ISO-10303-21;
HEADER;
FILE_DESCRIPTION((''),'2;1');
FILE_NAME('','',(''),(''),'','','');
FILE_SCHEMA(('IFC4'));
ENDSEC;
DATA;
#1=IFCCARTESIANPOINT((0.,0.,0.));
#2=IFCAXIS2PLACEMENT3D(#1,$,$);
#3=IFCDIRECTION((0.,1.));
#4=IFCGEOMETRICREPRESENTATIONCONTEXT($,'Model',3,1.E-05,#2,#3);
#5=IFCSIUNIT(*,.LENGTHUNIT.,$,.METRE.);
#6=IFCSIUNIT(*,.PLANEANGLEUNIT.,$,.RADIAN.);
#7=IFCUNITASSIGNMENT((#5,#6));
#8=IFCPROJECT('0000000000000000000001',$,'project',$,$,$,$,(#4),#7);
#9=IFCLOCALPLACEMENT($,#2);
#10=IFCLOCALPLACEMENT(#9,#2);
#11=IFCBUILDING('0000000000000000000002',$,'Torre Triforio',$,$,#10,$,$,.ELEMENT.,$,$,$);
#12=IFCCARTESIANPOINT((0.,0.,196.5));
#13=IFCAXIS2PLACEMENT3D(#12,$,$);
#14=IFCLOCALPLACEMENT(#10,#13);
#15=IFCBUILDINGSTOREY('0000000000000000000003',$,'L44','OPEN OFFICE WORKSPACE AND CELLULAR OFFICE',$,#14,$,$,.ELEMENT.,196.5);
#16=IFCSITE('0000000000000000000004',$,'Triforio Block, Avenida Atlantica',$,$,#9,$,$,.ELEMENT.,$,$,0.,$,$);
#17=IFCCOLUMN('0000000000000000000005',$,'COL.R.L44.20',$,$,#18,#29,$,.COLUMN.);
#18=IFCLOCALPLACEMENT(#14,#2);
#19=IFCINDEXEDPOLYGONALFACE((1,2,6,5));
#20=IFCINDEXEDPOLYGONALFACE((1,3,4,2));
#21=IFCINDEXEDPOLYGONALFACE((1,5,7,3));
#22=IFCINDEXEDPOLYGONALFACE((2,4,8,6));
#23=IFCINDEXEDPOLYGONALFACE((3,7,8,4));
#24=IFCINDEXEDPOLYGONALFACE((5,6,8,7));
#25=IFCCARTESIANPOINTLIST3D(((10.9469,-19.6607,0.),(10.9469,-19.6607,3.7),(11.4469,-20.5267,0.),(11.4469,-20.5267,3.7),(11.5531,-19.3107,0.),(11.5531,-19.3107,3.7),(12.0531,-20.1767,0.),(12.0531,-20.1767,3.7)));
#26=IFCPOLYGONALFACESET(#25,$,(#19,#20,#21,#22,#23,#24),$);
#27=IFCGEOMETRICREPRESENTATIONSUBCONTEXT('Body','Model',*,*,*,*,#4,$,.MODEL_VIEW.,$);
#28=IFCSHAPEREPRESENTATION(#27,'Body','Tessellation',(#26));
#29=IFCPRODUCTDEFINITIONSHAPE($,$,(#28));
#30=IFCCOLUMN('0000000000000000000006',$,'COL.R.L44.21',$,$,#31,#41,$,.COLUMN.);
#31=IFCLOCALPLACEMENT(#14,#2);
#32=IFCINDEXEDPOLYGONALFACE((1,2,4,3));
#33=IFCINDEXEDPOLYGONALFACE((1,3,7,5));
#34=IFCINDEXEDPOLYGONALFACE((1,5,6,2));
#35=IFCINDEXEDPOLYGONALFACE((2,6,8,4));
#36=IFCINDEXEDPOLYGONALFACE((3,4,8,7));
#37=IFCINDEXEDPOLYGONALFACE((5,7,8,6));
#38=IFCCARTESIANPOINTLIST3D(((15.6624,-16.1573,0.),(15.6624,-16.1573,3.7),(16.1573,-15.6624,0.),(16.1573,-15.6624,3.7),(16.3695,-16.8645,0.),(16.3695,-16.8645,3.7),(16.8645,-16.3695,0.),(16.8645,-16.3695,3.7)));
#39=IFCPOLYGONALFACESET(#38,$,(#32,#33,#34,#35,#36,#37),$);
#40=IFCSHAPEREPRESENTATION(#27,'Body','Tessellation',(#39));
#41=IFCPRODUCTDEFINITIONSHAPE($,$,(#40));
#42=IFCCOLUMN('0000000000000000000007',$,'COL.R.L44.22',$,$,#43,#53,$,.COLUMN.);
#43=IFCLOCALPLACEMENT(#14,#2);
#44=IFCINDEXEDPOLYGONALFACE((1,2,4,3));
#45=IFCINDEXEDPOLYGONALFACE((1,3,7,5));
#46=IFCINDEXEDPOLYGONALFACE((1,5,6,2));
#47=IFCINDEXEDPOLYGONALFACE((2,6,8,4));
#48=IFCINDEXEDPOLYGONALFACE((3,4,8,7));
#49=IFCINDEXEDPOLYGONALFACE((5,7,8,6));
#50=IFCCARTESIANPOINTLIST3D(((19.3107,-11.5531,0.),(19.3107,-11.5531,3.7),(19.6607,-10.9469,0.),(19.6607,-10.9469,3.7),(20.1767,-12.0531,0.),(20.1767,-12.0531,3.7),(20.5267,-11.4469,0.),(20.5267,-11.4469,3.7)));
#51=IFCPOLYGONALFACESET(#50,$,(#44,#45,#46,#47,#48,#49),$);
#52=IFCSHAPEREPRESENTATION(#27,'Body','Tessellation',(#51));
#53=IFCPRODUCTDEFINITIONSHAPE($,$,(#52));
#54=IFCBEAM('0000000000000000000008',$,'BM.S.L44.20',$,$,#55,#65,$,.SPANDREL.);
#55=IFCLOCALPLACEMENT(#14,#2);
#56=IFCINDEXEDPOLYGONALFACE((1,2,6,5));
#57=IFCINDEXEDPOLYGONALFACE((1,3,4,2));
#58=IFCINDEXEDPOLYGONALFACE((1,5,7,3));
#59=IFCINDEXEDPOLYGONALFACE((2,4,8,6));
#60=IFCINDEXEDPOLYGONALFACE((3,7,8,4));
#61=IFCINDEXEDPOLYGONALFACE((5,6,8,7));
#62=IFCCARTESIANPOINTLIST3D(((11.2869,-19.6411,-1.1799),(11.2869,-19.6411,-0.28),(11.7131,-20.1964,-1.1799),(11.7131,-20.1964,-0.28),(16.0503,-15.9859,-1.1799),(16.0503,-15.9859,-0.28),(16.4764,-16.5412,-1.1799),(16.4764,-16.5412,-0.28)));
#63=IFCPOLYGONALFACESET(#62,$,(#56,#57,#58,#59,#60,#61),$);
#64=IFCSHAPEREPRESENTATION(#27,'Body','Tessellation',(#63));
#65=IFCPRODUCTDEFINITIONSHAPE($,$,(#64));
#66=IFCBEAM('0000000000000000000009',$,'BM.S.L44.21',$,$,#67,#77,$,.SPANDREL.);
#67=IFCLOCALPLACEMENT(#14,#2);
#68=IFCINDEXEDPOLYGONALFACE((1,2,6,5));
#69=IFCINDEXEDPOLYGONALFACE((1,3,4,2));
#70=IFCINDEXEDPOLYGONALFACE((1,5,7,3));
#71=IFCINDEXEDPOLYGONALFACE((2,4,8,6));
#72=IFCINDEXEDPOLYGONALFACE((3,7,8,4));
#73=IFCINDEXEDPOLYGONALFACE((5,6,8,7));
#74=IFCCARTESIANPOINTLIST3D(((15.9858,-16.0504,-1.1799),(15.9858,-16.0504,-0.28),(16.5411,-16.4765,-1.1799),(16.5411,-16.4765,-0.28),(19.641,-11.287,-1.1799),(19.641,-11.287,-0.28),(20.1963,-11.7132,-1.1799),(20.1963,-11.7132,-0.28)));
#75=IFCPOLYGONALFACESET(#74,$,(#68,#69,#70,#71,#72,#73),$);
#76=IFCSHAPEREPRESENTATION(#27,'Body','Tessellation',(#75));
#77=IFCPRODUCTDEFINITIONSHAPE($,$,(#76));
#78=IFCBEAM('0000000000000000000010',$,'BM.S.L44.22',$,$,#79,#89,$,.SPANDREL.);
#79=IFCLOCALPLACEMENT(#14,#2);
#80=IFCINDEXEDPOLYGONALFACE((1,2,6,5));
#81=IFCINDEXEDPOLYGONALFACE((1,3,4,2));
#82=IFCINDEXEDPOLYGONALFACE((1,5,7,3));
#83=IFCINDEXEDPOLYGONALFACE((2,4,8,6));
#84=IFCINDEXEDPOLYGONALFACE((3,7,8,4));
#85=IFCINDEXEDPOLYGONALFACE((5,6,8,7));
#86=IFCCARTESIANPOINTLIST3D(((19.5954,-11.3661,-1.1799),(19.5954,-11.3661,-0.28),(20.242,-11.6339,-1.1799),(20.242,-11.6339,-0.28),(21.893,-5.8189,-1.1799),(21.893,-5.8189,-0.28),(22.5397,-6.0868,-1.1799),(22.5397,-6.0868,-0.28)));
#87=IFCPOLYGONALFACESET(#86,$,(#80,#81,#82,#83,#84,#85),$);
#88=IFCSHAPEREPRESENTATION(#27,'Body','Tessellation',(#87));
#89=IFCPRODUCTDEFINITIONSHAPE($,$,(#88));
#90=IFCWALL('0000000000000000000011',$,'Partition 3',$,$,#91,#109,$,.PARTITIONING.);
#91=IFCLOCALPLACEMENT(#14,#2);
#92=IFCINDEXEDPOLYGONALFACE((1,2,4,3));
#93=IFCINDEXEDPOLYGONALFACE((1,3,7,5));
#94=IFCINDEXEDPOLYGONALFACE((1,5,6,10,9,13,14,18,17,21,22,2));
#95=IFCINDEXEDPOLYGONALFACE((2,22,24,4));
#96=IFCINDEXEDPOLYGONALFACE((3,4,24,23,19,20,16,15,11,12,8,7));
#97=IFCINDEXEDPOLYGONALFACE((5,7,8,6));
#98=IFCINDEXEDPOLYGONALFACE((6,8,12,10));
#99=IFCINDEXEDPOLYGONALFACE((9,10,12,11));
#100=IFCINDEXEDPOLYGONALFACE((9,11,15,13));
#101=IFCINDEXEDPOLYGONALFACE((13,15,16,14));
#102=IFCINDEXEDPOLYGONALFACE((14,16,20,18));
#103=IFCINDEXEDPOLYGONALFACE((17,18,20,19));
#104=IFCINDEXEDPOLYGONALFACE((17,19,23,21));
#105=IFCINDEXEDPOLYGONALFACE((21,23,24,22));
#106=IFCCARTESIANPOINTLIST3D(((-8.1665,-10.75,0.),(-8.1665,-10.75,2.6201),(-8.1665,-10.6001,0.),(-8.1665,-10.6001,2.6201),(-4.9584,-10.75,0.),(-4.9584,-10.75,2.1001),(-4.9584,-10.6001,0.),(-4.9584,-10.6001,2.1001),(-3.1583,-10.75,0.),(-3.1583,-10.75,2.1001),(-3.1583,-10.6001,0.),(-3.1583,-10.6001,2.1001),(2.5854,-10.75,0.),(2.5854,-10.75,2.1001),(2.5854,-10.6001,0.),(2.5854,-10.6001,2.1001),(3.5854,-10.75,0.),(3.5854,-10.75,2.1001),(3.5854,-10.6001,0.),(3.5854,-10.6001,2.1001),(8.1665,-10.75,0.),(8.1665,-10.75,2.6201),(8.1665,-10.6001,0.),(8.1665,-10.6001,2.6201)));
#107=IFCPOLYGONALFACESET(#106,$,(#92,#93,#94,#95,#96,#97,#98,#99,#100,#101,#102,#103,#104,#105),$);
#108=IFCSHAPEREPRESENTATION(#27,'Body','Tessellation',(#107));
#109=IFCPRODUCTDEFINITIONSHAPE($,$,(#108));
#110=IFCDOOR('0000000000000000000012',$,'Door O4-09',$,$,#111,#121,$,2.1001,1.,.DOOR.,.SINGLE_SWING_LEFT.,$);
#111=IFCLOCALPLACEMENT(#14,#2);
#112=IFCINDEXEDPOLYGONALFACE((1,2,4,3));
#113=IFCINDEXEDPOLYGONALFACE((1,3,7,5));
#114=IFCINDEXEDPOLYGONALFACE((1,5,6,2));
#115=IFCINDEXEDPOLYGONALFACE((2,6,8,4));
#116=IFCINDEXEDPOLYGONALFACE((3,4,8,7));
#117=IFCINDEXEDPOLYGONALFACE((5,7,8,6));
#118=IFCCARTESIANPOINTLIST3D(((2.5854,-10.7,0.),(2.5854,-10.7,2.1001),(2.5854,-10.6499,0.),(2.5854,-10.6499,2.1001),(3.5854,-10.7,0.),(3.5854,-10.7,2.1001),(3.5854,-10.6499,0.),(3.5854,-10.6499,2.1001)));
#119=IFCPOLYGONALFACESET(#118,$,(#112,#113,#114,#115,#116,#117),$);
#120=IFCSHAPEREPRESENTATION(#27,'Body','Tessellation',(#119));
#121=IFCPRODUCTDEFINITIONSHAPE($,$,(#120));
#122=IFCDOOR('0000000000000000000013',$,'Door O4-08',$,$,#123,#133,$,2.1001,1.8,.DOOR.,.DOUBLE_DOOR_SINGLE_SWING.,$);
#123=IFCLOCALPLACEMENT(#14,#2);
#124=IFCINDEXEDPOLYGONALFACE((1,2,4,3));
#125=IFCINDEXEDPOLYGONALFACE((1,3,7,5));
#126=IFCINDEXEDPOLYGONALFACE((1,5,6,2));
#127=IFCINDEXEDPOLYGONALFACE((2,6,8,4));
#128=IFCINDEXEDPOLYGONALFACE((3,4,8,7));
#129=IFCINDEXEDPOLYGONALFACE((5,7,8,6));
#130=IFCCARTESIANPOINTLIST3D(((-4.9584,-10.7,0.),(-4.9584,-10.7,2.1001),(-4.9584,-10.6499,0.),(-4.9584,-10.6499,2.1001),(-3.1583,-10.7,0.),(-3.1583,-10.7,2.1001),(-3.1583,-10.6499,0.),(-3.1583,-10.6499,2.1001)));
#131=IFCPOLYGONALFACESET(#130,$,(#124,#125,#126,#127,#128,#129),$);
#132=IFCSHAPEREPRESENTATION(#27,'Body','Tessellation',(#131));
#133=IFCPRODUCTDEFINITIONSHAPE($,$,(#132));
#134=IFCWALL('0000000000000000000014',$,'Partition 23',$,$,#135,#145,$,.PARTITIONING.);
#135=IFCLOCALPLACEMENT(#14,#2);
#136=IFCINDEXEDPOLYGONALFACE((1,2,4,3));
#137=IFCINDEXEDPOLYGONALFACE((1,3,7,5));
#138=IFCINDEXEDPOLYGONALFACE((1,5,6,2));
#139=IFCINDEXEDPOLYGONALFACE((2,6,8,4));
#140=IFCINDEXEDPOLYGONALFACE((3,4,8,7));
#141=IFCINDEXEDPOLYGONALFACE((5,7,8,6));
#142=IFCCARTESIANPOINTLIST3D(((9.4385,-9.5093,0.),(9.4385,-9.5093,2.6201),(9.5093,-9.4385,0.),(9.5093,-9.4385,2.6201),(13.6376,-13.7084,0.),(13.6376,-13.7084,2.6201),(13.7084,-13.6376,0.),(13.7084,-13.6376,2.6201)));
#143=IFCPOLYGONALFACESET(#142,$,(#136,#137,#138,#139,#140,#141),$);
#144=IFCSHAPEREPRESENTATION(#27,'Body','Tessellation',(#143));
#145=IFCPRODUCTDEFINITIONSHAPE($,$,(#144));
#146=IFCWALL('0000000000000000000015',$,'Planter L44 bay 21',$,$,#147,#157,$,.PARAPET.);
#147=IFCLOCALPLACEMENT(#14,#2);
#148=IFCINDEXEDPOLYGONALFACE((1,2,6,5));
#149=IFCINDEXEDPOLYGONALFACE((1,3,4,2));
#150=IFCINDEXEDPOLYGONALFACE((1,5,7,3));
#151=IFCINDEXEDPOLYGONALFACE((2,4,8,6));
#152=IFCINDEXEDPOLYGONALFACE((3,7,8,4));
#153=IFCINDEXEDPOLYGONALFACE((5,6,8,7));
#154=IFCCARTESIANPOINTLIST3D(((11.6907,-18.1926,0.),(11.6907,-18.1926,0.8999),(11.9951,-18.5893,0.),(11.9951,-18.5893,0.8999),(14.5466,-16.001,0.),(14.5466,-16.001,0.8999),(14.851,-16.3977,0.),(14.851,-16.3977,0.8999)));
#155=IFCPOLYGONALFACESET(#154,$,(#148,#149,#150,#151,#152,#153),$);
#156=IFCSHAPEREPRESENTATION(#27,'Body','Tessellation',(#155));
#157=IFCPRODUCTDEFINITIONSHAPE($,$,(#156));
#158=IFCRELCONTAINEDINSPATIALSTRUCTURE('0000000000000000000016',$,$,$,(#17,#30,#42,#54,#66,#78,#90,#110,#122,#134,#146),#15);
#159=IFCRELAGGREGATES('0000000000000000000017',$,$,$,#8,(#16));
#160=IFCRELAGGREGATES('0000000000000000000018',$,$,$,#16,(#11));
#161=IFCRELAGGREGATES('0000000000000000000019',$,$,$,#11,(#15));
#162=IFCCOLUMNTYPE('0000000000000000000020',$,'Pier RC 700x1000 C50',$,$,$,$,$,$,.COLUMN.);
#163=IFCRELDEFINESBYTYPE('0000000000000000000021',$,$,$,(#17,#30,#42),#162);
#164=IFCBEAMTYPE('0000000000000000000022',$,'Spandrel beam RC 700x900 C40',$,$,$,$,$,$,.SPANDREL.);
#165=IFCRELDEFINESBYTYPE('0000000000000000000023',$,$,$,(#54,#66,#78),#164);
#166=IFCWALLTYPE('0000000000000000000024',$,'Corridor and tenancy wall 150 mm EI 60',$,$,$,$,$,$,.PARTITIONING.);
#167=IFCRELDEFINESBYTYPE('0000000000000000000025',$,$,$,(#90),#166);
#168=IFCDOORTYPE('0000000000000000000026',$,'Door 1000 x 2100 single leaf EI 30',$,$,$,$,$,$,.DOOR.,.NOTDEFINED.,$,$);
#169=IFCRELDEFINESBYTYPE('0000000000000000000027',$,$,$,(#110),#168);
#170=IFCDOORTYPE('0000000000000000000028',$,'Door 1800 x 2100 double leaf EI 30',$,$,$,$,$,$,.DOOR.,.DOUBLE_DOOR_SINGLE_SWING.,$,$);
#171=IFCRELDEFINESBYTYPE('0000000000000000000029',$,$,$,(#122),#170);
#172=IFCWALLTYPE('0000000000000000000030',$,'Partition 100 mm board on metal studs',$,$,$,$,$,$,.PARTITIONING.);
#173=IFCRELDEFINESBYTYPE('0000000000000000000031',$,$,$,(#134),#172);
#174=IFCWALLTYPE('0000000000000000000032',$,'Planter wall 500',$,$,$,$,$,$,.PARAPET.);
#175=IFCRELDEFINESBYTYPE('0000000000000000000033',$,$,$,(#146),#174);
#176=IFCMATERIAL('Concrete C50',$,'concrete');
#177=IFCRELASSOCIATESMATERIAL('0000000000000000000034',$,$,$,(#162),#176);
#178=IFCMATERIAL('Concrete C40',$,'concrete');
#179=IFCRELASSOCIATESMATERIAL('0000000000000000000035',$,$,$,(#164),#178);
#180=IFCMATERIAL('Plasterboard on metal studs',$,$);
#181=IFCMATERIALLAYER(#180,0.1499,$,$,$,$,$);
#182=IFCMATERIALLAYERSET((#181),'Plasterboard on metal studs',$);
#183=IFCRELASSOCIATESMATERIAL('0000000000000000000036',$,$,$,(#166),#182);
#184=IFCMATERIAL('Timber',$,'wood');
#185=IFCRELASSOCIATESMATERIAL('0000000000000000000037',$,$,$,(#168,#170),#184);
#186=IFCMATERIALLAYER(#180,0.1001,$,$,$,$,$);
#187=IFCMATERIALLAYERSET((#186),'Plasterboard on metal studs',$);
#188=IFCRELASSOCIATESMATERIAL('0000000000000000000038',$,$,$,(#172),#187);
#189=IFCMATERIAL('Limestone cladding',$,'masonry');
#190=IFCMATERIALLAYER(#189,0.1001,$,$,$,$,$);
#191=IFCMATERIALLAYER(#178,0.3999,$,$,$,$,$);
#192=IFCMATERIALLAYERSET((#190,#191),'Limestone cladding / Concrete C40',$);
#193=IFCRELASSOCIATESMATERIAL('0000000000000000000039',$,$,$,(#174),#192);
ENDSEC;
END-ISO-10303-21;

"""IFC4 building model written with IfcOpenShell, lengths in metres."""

from ifc_helpers import new_model, si_unit, direction, frame, frame_2d, origin, origin_2d, place, context, subcontext, project, spatial, rectangle, extrude, material, layer, layer_set, material_profile, profile_set, type_object, element, fill, save


model = new_model("IFC4")

# Units and contexts
model_context = context("Model", 3, precision=1e-05, world=origin(), true_north=direction((0.0, 1.0)))
body_context = subcontext(model_context, "Body", "Model", "MODEL_VIEW")
ifc_project = project(units=[si_unit("LENGTHUNIT", "METRE"), si_unit("PLANEANGLEUNIT", "RADIAN")], contexts=[model_context])

# Site, building, storey
site_placement = place(None, origin())
site = spatial("IfcSite", under=ifc_project, at=site_placement, Name="Triforio Block, Avenida Atlantica", CompositionType="ELEMENT", RefElevation=0.0)
building_placement = place(site_placement, origin())
building = spatial("IfcBuilding", under=site, at=building_placement, Name="Torre Triforio", CompositionType="ELEMENT")
storey_placement = place(building_placement, frame((0.0, 0.0, 196.5)))
storey = spatial("IfcBuildingStorey", under=building, at=storey_placement, Name="L44", Description="OPEN OFFICE WORKSPACE AND CELLULAR OFFICE", CompositionType="ELEMENT", Elevation=196.5)

# Columns
ifc_material_1 = material(Name="Concrete C50", Category="concrete")
ifc_material_profile_1 = material_profile(ifc_material_1, rectangle(XDim=0.7, YDim=1.0, at=origin_2d()), Name="RC 700x1000")
ifc_profile_set_1 = profile_set([ifc_material_profile_1], Name="Concrete C50")
column_type = type_object("IfcColumnType", Name="Pier RC 700x1000 C50", PredefinedType="COLUMN", material=ifc_profile_set_1)
for number, where, z_axis, x_axis, name in (
    (1, (11.5, -19.9187, 0.0), (0.0, 0.0, 1.0), (0.866025, 0.5, 0.0), "COL.R.L44.20"),
    (2, (16.2634, -16.2634, 0.0), (0.0, 0.0, 1.0), (0.707107, 0.707107, 0.0), "COL.R.L44.21"),
    (3, (19.9187, -11.5, 0.0), (0.0, 0.0, 1.0), (0.5, 0.866025, 0.0), "COL.R.L44.22"),
):
    element("IfcColumn", number, at=place(storey_placement, frame(where, z_axis=z_axis, x_axis=x_axis)), inside=storey, type_object=column_type, Name=name, PredefinedType="COLUMN", context=body_context, shape_type="SweptSolid", body=[
        extrude(rectangle(XDim=0.7, YDim=1.0, at=origin_2d()), origin(), (0.0, 0.0, 1.0), 3.7),
    ])

# Beams
ifc_material_2 = material(Name="Concrete C40", Category="concrete")
ifc_material_profile_2 = material_profile(ifc_material_2, rectangle(XDim=0.7, YDim=0.8999, at=origin_2d()), Name="RC 700x900")
ifc_profile_set_2 = profile_set([ifc_material_profile_2], Name="Concrete C40")
beam_type = type_object("IfcBeamType", Name="Spandrel beam RC 700x900 C40", PredefinedType="SPANDREL", material=ifc_profile_set_2)
for number, where, z_axis, x_axis, name in (
    (4, (11.5, -19.9187, -0.73), (0.79334, 0.608779, 0.0), (-0.608779, 0.79334, 0.0), "BM.S.L44.20"),
    (5, (16.2634, -16.2634, -0.73), (0.608779, 0.79334, 0.0), (-0.79334, 0.608779, 0.0), "BM.S.L44.21"),
    (6, (19.9187, -11.5, -0.73), (0.382671, 0.923885, 0.0), (-0.923885, 0.382671, 0.0), "BM.S.L44.22"),
):
    element("IfcBeam", number, at=place(storey_placement, frame(where, z_axis=z_axis, x_axis=x_axis)), inside=storey, type_object=beam_type, Name=name, PredefinedType="SPANDREL", context=body_context, shape_type="SweptSolid", body=[
        extrude(rectangle(XDim=0.7, YDim=0.8999, at=origin_2d()), origin(), (0.0, 0.0, 1.0), 6.0042),
    ])

# Wall, openings, doors
ifc_material_3 = material(Name="Plasterboard on metal studs")
ifc_layer_1 = layer(ifc_material_3, 0.1499)
ifc_layer_set_1 = layer_set([ifc_layer_1], Name="Plasterboard on metal studs")
wall_type_1 = type_object("IfcWallType", Name="Corridor and tenancy wall 150 mm EI 60", PredefinedType="PARTITIONING", material=ifc_layer_set_1)
wall_1_placement = place(storey_placement, frame((8.1665, -10.675, 0.0), z_axis=(0.0, 0.0, 1.0), x_axis=(-1.0, 0.0, 0.0)))
wall_1 = element("IfcWall", 7, at=wall_1_placement, inside=storey, type_object=wall_type_1, Name="Partition 3", PredefinedType="PARTITIONING", context=body_context, shape_type="SweptSolid", body=[
    extrude(rectangle(XDim=16.333, YDim=0.1499, at=frame_2d((8.1665, 0.0))), origin(), (0.0, 0.0, 1.0), 2.6201),
])
opening_1_placement = place(wall_1_placement, frame((11.325, 0.0, 0.0)))
opening_1 = element("IfcOpeningElement", 8, at=opening_1_placement, cuts=wall_1, PredefinedType="OPENING", context=body_context, shape_type="SweptSolid", body=[
    extrude(rectangle(XDim=1.8, YDim=2.1001, at=frame_2d((0.8999, 1.05))), frame((0.0, 0.085, 0.0), z_axis=(0.0, -1.0, 0.0), x_axis=(1.0, 0.0, 0.0)), (0.0, 0.0, 1.0), 0.1699),
])
opening_2_placement = place(wall_1_placement, frame((4.5811, 0.0, 0.0)))
opening_2 = element("IfcOpeningElement", 9, at=opening_2_placement, cuts=wall_1, PredefinedType="OPENING", context=body_context, shape_type="SweptSolid", body=[
    extrude(rectangle(XDim=1.0, YDim=2.1001, at=frame_2d((0.5, 1.05))), frame((0.0, 0.085, 0.0), z_axis=(0.0, -1.0, 0.0), x_axis=(1.0, 0.0, 0.0)), (0.0, 0.0, 1.0), 0.1699),
])
ifc_material_4 = material(Name="Timber", Category="wood")
door_type_1 = type_object("IfcDoorType", Name="Door 1000 x 2100 single leaf EI 30", OperationType="NOTDEFINED", PredefinedType="DOOR", material=ifc_material_4)
door_1_placement = place(opening_2_placement, origin())
door_1 = element("IfcDoor", 10, at=door_1_placement, inside=storey, type_object=door_type_1, Name="Door O4-09", OperationType="SINGLE_SWING_LEFT", OverallHeight=2.1001, OverallWidth=1.0, PredefinedType="DOOR", context=body_context, shape_type="SweptSolid", body=[
    extrude(rectangle(XDim=1.0, YDim=2.1001, at=frame_2d((0.5, 1.05))), frame((0.0, 0.0249, 0.0), z_axis=(0.0, -1.0, 0.0), x_axis=(1.0, 0.0, 0.0)), (0.0, 0.0, 1.0), 0.05),
])
fill(opening_2, door_1)
door_type_2 = type_object("IfcDoorType", Name="Door 1800 x 2100 double leaf EI 30", OperationType="DOUBLE_DOOR_SINGLE_SWING", PredefinedType="DOOR", material=ifc_material_4)
door_2_placement = place(opening_1_placement, origin())
door_2 = element("IfcDoor", 11, at=door_2_placement, inside=storey, type_object=door_type_2, Name="Door O4-08", OperationType="DOUBLE_DOOR_SINGLE_SWING", OverallHeight=2.1001, OverallWidth=1.8, PredefinedType="DOOR", context=body_context, shape_type="SweptSolid", body=[
    extrude(rectangle(XDim=1.8, YDim=2.1001, at=frame_2d((0.8999, 1.05))), frame((0.0, 0.0249, 0.0), z_axis=(0.0, -1.0, 0.0), x_axis=(1.0, 0.0, 0.0)), (0.0, 0.0, 1.0), 0.05),
])
fill(opening_1, door_2)

# Walls
ifc_layer_2 = layer(ifc_material_3, 0.1001)
ifc_layer_set_2 = layer_set([ifc_layer_2], Name="Plasterboard on metal studs")
wall_type_2 = type_object("IfcWallType", Name="Partition 100 mm board on metal studs", PredefinedType="PARTITIONING", material=ifc_layer_set_2)
wall_2_placement = place(storey_placement, frame((9.4739, -9.4739, 0.0), z_axis=(0.0, 0.0, 1.0), x_axis=(0.707107, -0.707107, 0.0)))
element("IfcWall", 12, at=wall_2_placement, inside=storey, type_object=wall_type_2, Name="Partition 23", PredefinedType="PARTITIONING", context=body_context, shape_type="SweptSolid", body=[
    extrude(rectangle(XDim=5.9385, YDim=0.1001, at=frame_2d((2.9692, 0.0))), origin(), (0.0, 0.0, 1.0), 2.6201),
])
ifc_material_5 = material(Name="Limestone cladding", Category="masonry")
ifc_layer_3 = layer(ifc_material_5, 0.1001)
ifc_layer_4 = layer(ifc_material_2, 0.3999)
ifc_layer_set_3 = layer_set([ifc_layer_3, ifc_layer_4], Name="Limestone cladding / Concrete C40")
wall_type_3 = type_object("IfcWallType", Name="Planter wall 500", PredefinedType="PARAPET", material=ifc_layer_set_3)
wall_3_placement = place(storey_placement, frame((11.843, -18.3909, 0.0), z_axis=(0.0, 0.0, 1.0), x_axis=(0.793327, 0.608796, 0.0)))
element("IfcWall", 13, at=wall_3_placement, inside=storey, type_object=wall_type_3, Name="Planter L44 bay 21", PredefinedType="PARAPET", context=body_context, shape_type="SweptSolid", body=[
    extrude(rectangle(XDim=3.5999, YDim=0.5, at=frame_2d((1.7998, 0.0))), origin(), (0.0, 0.0, 1.0), 0.8999),
])

save(model, "model.ifc")
